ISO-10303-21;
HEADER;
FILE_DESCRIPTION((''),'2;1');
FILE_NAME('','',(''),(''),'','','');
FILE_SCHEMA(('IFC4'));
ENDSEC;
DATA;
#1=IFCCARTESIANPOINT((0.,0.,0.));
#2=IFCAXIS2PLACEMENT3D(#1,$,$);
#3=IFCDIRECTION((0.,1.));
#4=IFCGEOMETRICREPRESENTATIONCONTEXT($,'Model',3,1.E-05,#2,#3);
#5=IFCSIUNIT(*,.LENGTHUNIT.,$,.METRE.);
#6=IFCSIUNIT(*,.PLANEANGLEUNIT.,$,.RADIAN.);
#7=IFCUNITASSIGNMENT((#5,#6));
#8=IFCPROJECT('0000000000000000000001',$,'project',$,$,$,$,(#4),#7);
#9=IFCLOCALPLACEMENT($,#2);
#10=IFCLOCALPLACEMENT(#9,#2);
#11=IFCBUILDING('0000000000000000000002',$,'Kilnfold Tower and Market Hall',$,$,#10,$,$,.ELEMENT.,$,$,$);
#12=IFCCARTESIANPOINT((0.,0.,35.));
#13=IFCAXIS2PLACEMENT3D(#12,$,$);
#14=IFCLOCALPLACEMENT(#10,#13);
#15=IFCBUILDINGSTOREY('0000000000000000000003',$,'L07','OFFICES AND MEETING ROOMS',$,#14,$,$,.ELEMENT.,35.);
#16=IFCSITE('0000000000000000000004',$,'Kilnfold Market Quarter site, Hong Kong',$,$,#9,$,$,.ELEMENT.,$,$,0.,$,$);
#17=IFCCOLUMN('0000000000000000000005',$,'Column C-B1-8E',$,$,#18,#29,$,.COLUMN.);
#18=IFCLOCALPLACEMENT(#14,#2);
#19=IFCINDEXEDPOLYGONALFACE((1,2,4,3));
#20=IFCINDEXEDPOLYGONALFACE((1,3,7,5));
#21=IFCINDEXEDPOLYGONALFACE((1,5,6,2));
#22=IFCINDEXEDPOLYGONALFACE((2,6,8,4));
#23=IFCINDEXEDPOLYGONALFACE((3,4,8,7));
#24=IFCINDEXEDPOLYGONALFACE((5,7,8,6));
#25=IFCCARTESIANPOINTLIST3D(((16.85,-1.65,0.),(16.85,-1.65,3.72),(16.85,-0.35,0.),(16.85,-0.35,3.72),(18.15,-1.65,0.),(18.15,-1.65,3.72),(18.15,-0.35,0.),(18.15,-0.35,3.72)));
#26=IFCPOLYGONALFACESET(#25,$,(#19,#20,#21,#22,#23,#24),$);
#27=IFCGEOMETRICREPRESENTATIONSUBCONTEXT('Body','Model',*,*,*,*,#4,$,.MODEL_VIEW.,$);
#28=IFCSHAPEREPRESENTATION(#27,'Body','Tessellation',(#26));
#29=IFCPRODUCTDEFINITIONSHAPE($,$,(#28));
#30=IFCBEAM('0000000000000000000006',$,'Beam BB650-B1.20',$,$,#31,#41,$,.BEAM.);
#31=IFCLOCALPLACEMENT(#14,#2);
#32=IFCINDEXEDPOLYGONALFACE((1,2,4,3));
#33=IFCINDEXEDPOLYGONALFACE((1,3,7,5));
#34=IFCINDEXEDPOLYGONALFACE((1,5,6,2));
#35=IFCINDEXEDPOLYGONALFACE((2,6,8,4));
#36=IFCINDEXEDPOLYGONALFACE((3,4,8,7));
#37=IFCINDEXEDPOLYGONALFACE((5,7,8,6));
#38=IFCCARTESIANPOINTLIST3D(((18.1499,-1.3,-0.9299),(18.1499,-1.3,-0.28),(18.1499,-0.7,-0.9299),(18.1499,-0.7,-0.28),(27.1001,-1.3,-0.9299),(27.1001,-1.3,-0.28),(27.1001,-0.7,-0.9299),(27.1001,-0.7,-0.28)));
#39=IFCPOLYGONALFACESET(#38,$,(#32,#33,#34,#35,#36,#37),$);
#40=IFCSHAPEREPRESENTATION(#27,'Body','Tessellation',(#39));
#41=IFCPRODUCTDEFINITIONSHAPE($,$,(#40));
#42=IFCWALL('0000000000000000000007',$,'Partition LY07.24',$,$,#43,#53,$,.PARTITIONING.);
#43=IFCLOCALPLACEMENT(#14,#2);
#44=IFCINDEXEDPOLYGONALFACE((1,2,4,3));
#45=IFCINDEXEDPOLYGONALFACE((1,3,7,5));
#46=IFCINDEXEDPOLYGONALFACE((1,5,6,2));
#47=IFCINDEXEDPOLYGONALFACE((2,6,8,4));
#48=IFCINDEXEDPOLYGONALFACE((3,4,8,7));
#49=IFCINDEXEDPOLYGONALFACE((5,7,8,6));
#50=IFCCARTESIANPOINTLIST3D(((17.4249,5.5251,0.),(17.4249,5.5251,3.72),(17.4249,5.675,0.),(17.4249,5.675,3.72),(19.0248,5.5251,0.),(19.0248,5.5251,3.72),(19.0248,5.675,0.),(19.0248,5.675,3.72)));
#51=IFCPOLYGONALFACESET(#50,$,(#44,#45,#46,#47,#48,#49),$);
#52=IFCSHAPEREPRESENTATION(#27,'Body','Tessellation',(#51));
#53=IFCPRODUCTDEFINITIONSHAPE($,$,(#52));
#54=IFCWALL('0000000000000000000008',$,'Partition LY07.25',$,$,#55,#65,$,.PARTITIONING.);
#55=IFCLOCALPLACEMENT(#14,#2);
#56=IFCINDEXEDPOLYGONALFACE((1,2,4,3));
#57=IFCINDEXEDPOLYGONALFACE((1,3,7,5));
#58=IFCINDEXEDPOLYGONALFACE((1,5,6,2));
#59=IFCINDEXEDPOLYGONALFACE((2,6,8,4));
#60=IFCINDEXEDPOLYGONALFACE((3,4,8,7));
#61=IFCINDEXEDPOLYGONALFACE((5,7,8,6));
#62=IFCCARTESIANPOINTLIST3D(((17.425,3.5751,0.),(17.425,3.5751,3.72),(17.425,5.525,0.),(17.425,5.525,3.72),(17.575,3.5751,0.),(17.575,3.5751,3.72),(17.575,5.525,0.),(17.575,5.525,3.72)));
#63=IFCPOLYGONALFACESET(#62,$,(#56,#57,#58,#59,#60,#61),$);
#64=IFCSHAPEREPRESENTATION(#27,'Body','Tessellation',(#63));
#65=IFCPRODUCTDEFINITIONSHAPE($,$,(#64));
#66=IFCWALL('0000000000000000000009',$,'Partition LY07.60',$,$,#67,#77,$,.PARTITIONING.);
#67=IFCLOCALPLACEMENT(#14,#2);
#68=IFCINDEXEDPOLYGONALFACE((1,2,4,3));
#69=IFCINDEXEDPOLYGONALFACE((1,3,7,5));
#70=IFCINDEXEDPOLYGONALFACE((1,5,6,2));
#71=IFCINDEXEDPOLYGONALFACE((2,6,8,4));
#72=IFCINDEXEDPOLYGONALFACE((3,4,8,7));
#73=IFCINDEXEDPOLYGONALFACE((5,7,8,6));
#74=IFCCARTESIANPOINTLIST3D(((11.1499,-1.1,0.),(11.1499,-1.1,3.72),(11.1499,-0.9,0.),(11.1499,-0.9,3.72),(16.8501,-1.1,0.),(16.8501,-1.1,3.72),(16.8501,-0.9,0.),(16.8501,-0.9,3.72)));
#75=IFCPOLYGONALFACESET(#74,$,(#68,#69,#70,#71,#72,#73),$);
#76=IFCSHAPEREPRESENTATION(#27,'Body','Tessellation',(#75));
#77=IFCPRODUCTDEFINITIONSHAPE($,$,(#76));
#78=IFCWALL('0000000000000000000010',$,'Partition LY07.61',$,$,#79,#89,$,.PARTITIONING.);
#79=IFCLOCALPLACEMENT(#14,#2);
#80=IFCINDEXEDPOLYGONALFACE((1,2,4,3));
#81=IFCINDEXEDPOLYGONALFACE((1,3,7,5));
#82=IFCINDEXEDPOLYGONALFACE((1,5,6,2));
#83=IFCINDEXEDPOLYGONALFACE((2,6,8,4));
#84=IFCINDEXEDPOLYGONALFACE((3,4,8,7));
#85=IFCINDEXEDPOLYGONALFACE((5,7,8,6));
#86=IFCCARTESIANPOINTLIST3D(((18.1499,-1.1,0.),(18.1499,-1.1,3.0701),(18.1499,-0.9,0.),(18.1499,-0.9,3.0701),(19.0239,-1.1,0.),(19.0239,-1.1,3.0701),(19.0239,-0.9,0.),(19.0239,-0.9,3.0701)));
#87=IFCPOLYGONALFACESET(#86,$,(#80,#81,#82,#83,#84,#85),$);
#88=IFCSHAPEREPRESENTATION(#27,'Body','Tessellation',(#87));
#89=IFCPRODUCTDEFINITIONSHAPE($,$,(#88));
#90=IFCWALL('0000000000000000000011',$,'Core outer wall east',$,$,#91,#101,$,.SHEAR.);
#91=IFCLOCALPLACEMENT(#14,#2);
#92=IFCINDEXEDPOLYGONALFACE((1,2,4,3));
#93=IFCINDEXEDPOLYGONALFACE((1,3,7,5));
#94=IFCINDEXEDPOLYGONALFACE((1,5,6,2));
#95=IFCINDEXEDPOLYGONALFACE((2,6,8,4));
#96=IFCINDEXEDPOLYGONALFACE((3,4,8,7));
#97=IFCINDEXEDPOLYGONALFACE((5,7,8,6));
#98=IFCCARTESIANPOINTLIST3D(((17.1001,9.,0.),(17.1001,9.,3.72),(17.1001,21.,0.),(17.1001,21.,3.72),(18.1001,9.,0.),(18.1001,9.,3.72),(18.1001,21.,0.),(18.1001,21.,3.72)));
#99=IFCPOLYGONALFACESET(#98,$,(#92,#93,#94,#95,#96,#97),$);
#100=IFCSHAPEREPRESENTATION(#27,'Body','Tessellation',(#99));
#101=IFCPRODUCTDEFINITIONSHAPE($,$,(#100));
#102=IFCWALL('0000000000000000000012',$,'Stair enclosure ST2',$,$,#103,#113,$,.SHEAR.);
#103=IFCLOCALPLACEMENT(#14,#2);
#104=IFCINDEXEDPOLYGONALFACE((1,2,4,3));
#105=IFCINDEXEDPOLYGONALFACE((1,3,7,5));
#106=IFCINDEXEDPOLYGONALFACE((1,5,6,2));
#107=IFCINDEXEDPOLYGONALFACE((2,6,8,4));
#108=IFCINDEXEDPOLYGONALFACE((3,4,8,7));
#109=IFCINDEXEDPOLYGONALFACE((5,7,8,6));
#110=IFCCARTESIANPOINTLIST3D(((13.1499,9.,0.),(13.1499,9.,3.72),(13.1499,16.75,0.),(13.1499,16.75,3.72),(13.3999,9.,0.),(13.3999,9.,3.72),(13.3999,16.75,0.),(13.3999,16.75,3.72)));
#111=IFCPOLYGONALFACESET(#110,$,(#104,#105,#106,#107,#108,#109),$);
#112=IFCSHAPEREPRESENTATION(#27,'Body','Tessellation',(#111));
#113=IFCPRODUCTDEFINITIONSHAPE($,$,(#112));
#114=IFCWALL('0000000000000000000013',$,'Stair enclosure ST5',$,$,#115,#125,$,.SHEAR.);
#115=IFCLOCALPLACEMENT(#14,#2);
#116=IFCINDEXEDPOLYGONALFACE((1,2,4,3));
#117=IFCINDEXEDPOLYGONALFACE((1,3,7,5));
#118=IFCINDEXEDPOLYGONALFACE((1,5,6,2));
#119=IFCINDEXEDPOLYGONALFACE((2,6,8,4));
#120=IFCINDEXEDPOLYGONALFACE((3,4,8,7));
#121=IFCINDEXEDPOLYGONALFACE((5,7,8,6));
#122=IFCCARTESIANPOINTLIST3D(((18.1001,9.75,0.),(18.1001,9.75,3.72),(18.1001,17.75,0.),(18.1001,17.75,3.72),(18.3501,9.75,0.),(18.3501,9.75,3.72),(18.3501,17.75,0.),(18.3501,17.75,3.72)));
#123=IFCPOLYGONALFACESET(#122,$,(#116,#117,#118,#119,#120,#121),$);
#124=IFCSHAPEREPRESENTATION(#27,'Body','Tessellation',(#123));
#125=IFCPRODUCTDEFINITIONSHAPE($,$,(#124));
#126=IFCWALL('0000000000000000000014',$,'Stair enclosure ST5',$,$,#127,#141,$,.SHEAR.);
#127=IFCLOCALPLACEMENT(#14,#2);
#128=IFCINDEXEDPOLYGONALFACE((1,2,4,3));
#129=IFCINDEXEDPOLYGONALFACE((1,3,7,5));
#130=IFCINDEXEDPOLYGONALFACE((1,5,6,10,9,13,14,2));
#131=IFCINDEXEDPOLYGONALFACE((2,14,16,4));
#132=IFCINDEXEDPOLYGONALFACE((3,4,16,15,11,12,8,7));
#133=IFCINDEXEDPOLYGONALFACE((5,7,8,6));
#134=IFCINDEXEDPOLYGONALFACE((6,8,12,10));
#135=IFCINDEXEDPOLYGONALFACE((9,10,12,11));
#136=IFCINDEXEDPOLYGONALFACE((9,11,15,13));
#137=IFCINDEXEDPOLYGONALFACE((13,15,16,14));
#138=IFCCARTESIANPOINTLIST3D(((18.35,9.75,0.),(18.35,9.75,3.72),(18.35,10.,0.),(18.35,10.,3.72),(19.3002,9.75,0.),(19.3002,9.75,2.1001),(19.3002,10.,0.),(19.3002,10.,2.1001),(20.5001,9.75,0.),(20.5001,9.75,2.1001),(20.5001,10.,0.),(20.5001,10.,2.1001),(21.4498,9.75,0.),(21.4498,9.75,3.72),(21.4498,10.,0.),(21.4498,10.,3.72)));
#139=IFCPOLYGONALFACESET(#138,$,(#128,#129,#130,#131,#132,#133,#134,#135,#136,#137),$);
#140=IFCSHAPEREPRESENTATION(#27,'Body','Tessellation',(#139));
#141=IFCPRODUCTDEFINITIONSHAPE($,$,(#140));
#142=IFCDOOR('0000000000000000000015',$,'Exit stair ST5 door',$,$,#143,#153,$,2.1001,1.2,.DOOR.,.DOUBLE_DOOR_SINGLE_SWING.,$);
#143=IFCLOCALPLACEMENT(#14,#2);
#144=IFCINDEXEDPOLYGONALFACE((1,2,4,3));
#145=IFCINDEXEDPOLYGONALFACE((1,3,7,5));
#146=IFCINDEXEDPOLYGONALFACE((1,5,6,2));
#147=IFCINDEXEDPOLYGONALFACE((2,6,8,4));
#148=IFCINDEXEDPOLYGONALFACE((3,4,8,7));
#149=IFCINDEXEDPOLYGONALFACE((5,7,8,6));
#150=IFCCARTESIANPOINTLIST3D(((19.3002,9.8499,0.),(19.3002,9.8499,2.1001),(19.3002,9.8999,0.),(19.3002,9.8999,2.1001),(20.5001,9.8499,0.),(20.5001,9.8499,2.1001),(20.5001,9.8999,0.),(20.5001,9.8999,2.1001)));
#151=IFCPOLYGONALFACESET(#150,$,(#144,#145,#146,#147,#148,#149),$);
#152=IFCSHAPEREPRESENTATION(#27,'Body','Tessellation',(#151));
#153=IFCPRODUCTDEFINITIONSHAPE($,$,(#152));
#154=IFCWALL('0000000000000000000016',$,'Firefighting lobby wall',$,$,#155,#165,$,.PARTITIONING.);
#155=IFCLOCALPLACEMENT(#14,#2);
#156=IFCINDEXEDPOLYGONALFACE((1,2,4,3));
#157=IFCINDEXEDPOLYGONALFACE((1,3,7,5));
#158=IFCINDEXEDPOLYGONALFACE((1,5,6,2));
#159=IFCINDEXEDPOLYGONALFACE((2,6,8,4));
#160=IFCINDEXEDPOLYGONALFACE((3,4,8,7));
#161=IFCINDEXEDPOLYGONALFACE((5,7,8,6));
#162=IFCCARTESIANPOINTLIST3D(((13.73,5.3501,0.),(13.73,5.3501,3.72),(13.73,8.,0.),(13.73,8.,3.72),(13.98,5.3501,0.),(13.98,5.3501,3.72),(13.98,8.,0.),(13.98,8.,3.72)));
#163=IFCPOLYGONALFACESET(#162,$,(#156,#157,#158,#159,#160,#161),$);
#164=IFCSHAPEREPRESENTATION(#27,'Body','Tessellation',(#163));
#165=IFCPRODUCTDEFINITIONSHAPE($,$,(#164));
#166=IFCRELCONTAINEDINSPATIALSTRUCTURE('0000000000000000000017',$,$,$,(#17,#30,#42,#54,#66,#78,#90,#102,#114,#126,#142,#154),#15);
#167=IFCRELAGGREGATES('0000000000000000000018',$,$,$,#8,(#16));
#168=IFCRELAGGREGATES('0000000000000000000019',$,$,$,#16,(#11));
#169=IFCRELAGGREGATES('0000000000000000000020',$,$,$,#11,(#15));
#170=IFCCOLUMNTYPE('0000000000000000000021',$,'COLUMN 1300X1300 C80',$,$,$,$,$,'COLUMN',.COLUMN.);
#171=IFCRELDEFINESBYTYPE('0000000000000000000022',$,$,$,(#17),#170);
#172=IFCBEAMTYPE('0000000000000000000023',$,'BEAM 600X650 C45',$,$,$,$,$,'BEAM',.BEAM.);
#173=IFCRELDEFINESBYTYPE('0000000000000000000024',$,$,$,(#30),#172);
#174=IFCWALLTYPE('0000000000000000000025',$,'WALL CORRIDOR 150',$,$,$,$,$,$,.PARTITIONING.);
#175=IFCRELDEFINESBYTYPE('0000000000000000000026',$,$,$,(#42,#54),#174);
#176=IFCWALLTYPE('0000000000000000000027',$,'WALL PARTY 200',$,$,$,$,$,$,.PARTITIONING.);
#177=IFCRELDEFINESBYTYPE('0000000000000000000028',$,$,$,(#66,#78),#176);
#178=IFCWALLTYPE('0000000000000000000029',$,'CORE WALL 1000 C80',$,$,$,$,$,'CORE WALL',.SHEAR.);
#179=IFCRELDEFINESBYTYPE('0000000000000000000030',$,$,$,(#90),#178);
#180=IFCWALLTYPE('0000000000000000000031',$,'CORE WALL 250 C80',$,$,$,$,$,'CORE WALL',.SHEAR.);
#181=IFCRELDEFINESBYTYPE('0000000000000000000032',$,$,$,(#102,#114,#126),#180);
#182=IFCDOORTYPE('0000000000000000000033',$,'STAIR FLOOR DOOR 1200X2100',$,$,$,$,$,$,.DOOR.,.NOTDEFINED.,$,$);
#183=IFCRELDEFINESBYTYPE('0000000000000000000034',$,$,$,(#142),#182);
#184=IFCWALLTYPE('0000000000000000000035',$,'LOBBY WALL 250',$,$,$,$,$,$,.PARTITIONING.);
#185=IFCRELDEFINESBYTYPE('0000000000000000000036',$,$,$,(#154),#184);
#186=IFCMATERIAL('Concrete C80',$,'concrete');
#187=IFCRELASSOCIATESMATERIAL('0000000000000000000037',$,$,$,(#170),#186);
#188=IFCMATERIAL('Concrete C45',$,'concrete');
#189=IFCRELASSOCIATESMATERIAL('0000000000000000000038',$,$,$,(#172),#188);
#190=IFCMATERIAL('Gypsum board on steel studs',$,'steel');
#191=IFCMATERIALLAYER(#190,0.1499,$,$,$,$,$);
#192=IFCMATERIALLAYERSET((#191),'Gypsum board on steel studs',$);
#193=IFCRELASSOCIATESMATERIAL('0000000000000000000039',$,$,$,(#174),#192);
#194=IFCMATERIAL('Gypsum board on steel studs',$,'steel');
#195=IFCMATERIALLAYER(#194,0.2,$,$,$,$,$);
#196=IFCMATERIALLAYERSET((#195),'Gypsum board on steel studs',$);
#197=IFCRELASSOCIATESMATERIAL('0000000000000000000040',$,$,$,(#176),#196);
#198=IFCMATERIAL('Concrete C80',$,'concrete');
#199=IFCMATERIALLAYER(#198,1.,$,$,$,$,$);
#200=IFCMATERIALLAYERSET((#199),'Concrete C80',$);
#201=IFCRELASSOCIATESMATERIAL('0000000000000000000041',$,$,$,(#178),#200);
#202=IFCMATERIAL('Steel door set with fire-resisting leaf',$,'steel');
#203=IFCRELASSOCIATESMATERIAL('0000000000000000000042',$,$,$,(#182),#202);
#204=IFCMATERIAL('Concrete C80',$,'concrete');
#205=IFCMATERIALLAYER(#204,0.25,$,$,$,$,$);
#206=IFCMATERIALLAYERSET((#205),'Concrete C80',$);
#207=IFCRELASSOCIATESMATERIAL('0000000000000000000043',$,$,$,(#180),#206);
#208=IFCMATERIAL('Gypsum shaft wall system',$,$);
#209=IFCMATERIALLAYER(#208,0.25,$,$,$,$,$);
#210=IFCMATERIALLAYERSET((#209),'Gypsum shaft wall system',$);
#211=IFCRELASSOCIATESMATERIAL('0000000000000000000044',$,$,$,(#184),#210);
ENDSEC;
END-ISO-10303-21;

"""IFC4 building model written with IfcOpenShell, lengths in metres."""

from ifc_helpers import new_model, si_unit, direction, frame, frame_2d, origin, origin_2d, place, context, subcontext, project, spatial, rectangle, extrude, source, transform, mapped, material, layer, layer_set, material_profile, profile_set, type_object, element, fill, save


model = new_model("IFC4")

# Units and contexts
model_context = context("Model", 3, precision=1e-05, world=origin(), true_north=direction((0.0, 1.0)))
body_context = subcontext(model_context, "Body", "Model", "MODEL_VIEW")
ifc_project = project(units=[si_unit("LENGTHUNIT", "METRE"), si_unit("PLANEANGLEUNIT", "RADIAN")], contexts=[model_context])

# Site, building, storey
site_placement = place(None, origin())
site = spatial("IfcSite", under=ifc_project, at=site_placement, Name="Kilnfold Market Quarter site, Hong Kong", CompositionType="ELEMENT", RefElevation=0.0)
building_placement = place(site_placement, origin())
building = spatial("IfcBuilding", under=site, at=building_placement, Name="Kilnfold Tower and Market Hall", CompositionType="ELEMENT")
storey_placement = place(building_placement, frame((0.0, 0.0, 35.0)))
storey = spatial("IfcBuildingStorey", under=building, at=storey_placement, Name="L07", Description="OFFICES AND MEETING ROOMS", CompositionType="ELEMENT", Elevation=35.0)

# Column
ifc_material_1 = material(Name="Concrete C80", Category="concrete")
ifc_material_profile_1 = material_profile(ifc_material_1, rectangle(XDim=1.3, YDim=1.3, at=origin_2d()), Name="RC 1300x1300")
ifc_profile_set_1 = profile_set([ifc_material_profile_1], Name="Concrete C80")
column_type = type_object("IfcColumnType", Name="COLUMN 1300X1300 C80", ElementType="COLUMN", PredefinedType="COLUMN", material=ifc_profile_set_1)
shared_shape_1 = source(origin(), body_context, "Body", "SweptSolid", [
    extrude(rectangle(XDim=1.3, YDim=1.3, at=origin_2d()), origin(), (0.0, 0.0, 1.0), 3.72),
])
column_placement = place(storey_placement, frame((17.5, -1.0, 0.0), z_axis=(0.0, 0.0, 1.0), x_axis=(1.0, 0.0, 0.0)))
element("IfcColumn", 1, at=column_placement, inside=storey, type_object=column_type, Name="Column C-B1-8E", PredefinedType="COLUMN", context=body_context, shape_type="MappedRepresentation", body=[
    mapped(shared_shape_1, transform((0.0, 0.0, 0.0))),
])

# Beam
ifc_material_2 = material(Name="Concrete C45", Category="concrete")
ifc_material_profile_2 = material_profile(ifc_material_2, rectangle(XDim=0.6001, YDim=0.6499, at=origin_2d()), Name="RC 600x650")
ifc_profile_set_2 = profile_set([ifc_material_profile_2], Name="Concrete C45")
beam_type = type_object("IfcBeamType", Name="BEAM 600X650 C45", ElementType="BEAM", PredefinedType="BEAM", material=ifc_profile_set_2)
shared_shape_2 = source(origin(), body_context, "Body", "SweptSolid", [
    extrude(rectangle(XDim=0.6001, YDim=0.6499, at=origin_2d()), origin(), (0.0, 0.0, 1.0), 8.9502),
])
beam_placement = place(storey_placement, frame((18.1499, -1.0, -0.605), z_axis=(1.0, 0.0, 0.0), x_axis=(0.0, 1.0, 0.0)))
element("IfcBeam", 2, at=beam_placement, inside=storey, type_object=beam_type, Name="Beam BB650-B1.20", PredefinedType="BEAM", context=body_context, shape_type="MappedRepresentation", body=[
    mapped(shared_shape_2, transform((0.0, 0.0, 0.0))),
])

# Walls
ifc_material_3 = material(Name="Gypsum board on steel studs", Category="steel")
ifc_layer_1 = layer(ifc_material_3, 0.1499)
ifc_layer_set_1 = layer_set([ifc_layer_1], Name="Gypsum board on steel studs")
wall_type_1 = type_object("IfcWallType", Name="WALL CORRIDOR 150", PredefinedType="PARTITIONING", material=ifc_layer_set_1)
wall_1_placement = place(storey_placement, frame((17.425, 5.6001, 0.0), z_axis=(0.0, 0.0, 1.0), x_axis=(1.0, 0.0, 0.0)))
element("IfcWall", 3, at=wall_1_placement, inside=storey, type_object=wall_type_1, Name="Partition LY07.24", PredefinedType="PARTITIONING", context=body_context, shape_type="SweptSolid", body=[
    extrude(rectangle(XDim=1.5999, YDim=0.1499, at=frame_2d((0.7998, 0.0))), origin(), (0.0, 0.0, 1.0), 3.72),
])
wall_2_placement = place(storey_placement, frame((17.5, 3.575, 0.0), z_axis=(0.0, 0.0, 1.0), x_axis=(0.0, 1.0, 0.0)))
element("IfcWall", 4, at=wall_2_placement, inside=storey, type_object=wall_type_1, Name="Partition LY07.25", PredefinedType="PARTITIONING", context=body_context, shape_type="SweptSolid", body=[
    extrude(rectangle(XDim=1.95, YDim=0.1499, at=frame_2d((0.9751, 0.0))), origin(), (0.0, 0.0, 1.0), 3.72),
])
ifc_material_4 = material(Name="Gypsum board on steel studs", Category="steel")
ifc_layer_2 = layer(ifc_material_4, 0.2)
ifc_layer_set_2 = layer_set([ifc_layer_2], Name="Gypsum board on steel studs")
wall_type_2 = type_object("IfcWallType", Name="WALL PARTY 200", PredefinedType="PARTITIONING", material=ifc_layer_set_2)
wall_3_placement = place(storey_placement, frame((11.1499, -1.0, 0.0), z_axis=(0.0, 0.0, 1.0), x_axis=(1.0, 0.0, 0.0)))
element("IfcWall", 5, at=wall_3_placement, inside=storey, type_object=wall_type_2, Name="Partition LY07.60", PredefinedType="PARTITIONING", context=body_context, shape_type="SweptSolid", body=[
    extrude(rectangle(XDim=5.7002, YDim=0.2, at=frame_2d((2.8501, 0.0))), origin(), (0.0, 0.0, 1.0), 3.72),
])
wall_4_placement = place(storey_placement, frame((18.1499, -1.0, 0.0), z_axis=(0.0, 0.0, 1.0), x_axis=(1.0, 0.0, 0.0)))
element("IfcWall", 6, at=wall_4_placement, inside=storey, type_object=wall_type_2, Name="Partition LY07.61", PredefinedType="PARTITIONING", context=body_context, shape_type="SweptSolid", body=[
    extrude(rectangle(XDim=0.874, YDim=0.2, at=frame_2d((0.437, 0.0))), origin(), (0.0, 0.0, 1.0), 3.0701),
])

# Shared definitions
ifc_material_5 = material(Name="Concrete C80", Category="concrete")
ifc_layer_3 = layer(ifc_material_5, 1.0)
ifc_layer_set_3 = layer_set([ifc_layer_3], Name="Concrete C80")
wall_type_3 = type_object("IfcWallType", Name="CORE WALL 1000 C80", ElementType="CORE WALL", PredefinedType="SHEAR", material=ifc_layer_set_3)
ifc_material_6 = material(Name="Steel door set with fire-resisting leaf", Category="steel")
door_type = type_object("IfcDoorType", Name="STAIR FLOOR DOOR 1200X2100", OperationType="NOTDEFINED", PredefinedType="DOOR", material=ifc_material_6)

# Walls
shared_shape_3 = source(origin(), body_context, "Body", "SweptSolid", [
    extrude(rectangle(XDim=12.0, YDim=1.0, at=frame_2d((6.0, 0.0))), origin(), (0.0, 0.0, 1.0), 3.72),
])
wall_5_placement = place(storey_placement, frame((17.6001, 9.0, 0.0), z_axis=(0.0, 0.0, 1.0), x_axis=(0.0, 1.0, 0.0)))
element("IfcWall", 7, at=wall_5_placement, inside=storey, type_object=wall_type_3, Name="Core outer wall east", PredefinedType="SHEAR", context=body_context, shape_type="MappedRepresentation", body=[
    mapped(shared_shape_3, transform((0.0, 0.0, 0.0))),
])
ifc_material_7 = material(Name="Concrete C80", Category="concrete")
ifc_layer_4 = layer(ifc_material_7, 0.25)
ifc_layer_set_4 = layer_set([ifc_layer_4], Name="Concrete C80")
wall_type_4 = type_object("IfcWallType", Name="CORE WALL 250 C80", ElementType="CORE WALL", PredefinedType="SHEAR", material=ifc_layer_set_4)
shared_shape_4 = source(origin(), body_context, "Body", "SweptSolid", [
    extrude(rectangle(XDim=7.75, YDim=0.25, at=frame_2d((3.875, 0.0))), origin(), (0.0, 0.0, 1.0), 3.72),
])
wall_6_placement = place(storey_placement, frame((13.2749, 9.0, 0.0), z_axis=(0.0, 0.0, 1.0), x_axis=(0.0, 1.0, 0.0)))
element("IfcWall", 8, at=wall_6_placement, inside=storey, type_object=wall_type_4, Name="Stair enclosure ST2", PredefinedType="SHEAR", context=body_context, shape_type="MappedRepresentation", body=[
    mapped(shared_shape_4, transform((0.0, 0.0, 0.0))),
])
shared_shape_5 = source(origin(), body_context, "Body", "SweptSolid", [
    extrude(rectangle(XDim=8.0, YDim=0.25, at=frame_2d((4.0, 0.0))), origin(), (0.0, 0.0, 1.0), 3.72),
])
wall_7_placement = place(storey_placement, frame((18.2251, 9.75, 0.0), z_axis=(0.0, 0.0, 1.0), x_axis=(0.0, 1.0, 0.0)))
element("IfcWall", 9, at=wall_7_placement, inside=storey, type_object=wall_type_4, Name="Stair enclosure ST5", PredefinedType="SHEAR", context=body_context, shape_type="MappedRepresentation", body=[
    mapped(shared_shape_5, transform((0.0, 0.0, 0.0))),
])

# Wall, opening, door
shared_shape_6 = source(origin(), body_context, "Body", "SweptSolid", [
    extrude(rectangle(XDim=3.0999, YDim=0.25, at=frame_2d((1.5498, 0.0))), origin(), (0.0, 0.0, 1.0), 3.72),
])
wall_8_placement = place(storey_placement, frame((18.3501, 9.875, 0.0), z_axis=(0.0, 0.0, 1.0), x_axis=(1.0, 0.0, 0.0)))
wall_8 = element("IfcWall", 10, at=wall_8_placement, inside=storey, type_object=wall_type_4, Name="Stair enclosure ST5", PredefinedType="SHEAR", context=body_context, shape_type="MappedRepresentation", body=[
    mapped(shared_shape_6, transform((0.0, 0.0, 0.0))),
])
opening_1_placement = place(wall_8_placement, frame((0.95, 0.0, 0.0)))
opening_1 = element("IfcOpeningElement", 11, at=opening_1_placement, cuts=wall_8, PredefinedType="OPENING", context=body_context, shape_type="SweptSolid", body=[
    extrude(rectangle(XDim=1.2, YDim=2.1001, at=frame_2d((0.6001, 1.05))), frame((0.0, 0.135, 0.0), z_axis=(0.0, -1.0, 0.0), x_axis=(1.0, 0.0, 0.0)), (0.0, 0.0, 1.0), 0.27),
])
door_1_placement = place(opening_1_placement, origin())
door_1 = element("IfcDoor", 12, at=door_1_placement, inside=storey, type_object=door_type, Name="Exit stair ST5 door", OperationType="DOUBLE_DOOR_SINGLE_SWING", OverallHeight=2.1001, OverallWidth=1.2, PredefinedType="DOOR", context=body_context, shape_type="SweptSolid", body=[
    extrude(rectangle(XDim=1.2, YDim=2.1001, at=frame_2d((0.6001, 1.05))), frame((0.0, 0.0249, 0.0), z_axis=(0.0, -1.0, 0.0), x_axis=(1.0, 0.0, 0.0)), (0.0, 0.0, 1.0), 0.05),
])
fill(opening_1, door_1)

# Wall
ifc_material_8 = material(Name="Gypsum shaft wall system")
ifc_layer_5 = layer(ifc_material_8, 0.25)
ifc_layer_set_5 = layer_set([ifc_layer_5], Name="Gypsum shaft wall system")
wall_type_5 = type_object("IfcWallType", Name="LOBBY WALL 250", PredefinedType="PARTITIONING", material=ifc_layer_set_5)
shared_shape_7 = source(origin(), body_context, "Body", "SweptSolid", [
    extrude(rectangle(XDim=2.6499, YDim=0.25, at=frame_2d((1.325, 0.0))), origin(), (0.0, 0.0, 1.0), 3.72),
])
wall_9_placement = place(storey_placement, frame((13.855, 5.3501, 0.0), z_axis=(0.0, 0.0, 1.0), x_axis=(0.0, 1.0, 0.0)))
element("IfcWall", 13, at=wall_9_placement, inside=storey, type_object=wall_type_5, Name="Firefighting lobby wall", PredefinedType="PARTITIONING", context=body_context, shape_type="MappedRepresentation", body=[
    mapped(shared_shape_7, transform((0.0, 0.0, 0.0))),
])

save(model, "model.ifc")
